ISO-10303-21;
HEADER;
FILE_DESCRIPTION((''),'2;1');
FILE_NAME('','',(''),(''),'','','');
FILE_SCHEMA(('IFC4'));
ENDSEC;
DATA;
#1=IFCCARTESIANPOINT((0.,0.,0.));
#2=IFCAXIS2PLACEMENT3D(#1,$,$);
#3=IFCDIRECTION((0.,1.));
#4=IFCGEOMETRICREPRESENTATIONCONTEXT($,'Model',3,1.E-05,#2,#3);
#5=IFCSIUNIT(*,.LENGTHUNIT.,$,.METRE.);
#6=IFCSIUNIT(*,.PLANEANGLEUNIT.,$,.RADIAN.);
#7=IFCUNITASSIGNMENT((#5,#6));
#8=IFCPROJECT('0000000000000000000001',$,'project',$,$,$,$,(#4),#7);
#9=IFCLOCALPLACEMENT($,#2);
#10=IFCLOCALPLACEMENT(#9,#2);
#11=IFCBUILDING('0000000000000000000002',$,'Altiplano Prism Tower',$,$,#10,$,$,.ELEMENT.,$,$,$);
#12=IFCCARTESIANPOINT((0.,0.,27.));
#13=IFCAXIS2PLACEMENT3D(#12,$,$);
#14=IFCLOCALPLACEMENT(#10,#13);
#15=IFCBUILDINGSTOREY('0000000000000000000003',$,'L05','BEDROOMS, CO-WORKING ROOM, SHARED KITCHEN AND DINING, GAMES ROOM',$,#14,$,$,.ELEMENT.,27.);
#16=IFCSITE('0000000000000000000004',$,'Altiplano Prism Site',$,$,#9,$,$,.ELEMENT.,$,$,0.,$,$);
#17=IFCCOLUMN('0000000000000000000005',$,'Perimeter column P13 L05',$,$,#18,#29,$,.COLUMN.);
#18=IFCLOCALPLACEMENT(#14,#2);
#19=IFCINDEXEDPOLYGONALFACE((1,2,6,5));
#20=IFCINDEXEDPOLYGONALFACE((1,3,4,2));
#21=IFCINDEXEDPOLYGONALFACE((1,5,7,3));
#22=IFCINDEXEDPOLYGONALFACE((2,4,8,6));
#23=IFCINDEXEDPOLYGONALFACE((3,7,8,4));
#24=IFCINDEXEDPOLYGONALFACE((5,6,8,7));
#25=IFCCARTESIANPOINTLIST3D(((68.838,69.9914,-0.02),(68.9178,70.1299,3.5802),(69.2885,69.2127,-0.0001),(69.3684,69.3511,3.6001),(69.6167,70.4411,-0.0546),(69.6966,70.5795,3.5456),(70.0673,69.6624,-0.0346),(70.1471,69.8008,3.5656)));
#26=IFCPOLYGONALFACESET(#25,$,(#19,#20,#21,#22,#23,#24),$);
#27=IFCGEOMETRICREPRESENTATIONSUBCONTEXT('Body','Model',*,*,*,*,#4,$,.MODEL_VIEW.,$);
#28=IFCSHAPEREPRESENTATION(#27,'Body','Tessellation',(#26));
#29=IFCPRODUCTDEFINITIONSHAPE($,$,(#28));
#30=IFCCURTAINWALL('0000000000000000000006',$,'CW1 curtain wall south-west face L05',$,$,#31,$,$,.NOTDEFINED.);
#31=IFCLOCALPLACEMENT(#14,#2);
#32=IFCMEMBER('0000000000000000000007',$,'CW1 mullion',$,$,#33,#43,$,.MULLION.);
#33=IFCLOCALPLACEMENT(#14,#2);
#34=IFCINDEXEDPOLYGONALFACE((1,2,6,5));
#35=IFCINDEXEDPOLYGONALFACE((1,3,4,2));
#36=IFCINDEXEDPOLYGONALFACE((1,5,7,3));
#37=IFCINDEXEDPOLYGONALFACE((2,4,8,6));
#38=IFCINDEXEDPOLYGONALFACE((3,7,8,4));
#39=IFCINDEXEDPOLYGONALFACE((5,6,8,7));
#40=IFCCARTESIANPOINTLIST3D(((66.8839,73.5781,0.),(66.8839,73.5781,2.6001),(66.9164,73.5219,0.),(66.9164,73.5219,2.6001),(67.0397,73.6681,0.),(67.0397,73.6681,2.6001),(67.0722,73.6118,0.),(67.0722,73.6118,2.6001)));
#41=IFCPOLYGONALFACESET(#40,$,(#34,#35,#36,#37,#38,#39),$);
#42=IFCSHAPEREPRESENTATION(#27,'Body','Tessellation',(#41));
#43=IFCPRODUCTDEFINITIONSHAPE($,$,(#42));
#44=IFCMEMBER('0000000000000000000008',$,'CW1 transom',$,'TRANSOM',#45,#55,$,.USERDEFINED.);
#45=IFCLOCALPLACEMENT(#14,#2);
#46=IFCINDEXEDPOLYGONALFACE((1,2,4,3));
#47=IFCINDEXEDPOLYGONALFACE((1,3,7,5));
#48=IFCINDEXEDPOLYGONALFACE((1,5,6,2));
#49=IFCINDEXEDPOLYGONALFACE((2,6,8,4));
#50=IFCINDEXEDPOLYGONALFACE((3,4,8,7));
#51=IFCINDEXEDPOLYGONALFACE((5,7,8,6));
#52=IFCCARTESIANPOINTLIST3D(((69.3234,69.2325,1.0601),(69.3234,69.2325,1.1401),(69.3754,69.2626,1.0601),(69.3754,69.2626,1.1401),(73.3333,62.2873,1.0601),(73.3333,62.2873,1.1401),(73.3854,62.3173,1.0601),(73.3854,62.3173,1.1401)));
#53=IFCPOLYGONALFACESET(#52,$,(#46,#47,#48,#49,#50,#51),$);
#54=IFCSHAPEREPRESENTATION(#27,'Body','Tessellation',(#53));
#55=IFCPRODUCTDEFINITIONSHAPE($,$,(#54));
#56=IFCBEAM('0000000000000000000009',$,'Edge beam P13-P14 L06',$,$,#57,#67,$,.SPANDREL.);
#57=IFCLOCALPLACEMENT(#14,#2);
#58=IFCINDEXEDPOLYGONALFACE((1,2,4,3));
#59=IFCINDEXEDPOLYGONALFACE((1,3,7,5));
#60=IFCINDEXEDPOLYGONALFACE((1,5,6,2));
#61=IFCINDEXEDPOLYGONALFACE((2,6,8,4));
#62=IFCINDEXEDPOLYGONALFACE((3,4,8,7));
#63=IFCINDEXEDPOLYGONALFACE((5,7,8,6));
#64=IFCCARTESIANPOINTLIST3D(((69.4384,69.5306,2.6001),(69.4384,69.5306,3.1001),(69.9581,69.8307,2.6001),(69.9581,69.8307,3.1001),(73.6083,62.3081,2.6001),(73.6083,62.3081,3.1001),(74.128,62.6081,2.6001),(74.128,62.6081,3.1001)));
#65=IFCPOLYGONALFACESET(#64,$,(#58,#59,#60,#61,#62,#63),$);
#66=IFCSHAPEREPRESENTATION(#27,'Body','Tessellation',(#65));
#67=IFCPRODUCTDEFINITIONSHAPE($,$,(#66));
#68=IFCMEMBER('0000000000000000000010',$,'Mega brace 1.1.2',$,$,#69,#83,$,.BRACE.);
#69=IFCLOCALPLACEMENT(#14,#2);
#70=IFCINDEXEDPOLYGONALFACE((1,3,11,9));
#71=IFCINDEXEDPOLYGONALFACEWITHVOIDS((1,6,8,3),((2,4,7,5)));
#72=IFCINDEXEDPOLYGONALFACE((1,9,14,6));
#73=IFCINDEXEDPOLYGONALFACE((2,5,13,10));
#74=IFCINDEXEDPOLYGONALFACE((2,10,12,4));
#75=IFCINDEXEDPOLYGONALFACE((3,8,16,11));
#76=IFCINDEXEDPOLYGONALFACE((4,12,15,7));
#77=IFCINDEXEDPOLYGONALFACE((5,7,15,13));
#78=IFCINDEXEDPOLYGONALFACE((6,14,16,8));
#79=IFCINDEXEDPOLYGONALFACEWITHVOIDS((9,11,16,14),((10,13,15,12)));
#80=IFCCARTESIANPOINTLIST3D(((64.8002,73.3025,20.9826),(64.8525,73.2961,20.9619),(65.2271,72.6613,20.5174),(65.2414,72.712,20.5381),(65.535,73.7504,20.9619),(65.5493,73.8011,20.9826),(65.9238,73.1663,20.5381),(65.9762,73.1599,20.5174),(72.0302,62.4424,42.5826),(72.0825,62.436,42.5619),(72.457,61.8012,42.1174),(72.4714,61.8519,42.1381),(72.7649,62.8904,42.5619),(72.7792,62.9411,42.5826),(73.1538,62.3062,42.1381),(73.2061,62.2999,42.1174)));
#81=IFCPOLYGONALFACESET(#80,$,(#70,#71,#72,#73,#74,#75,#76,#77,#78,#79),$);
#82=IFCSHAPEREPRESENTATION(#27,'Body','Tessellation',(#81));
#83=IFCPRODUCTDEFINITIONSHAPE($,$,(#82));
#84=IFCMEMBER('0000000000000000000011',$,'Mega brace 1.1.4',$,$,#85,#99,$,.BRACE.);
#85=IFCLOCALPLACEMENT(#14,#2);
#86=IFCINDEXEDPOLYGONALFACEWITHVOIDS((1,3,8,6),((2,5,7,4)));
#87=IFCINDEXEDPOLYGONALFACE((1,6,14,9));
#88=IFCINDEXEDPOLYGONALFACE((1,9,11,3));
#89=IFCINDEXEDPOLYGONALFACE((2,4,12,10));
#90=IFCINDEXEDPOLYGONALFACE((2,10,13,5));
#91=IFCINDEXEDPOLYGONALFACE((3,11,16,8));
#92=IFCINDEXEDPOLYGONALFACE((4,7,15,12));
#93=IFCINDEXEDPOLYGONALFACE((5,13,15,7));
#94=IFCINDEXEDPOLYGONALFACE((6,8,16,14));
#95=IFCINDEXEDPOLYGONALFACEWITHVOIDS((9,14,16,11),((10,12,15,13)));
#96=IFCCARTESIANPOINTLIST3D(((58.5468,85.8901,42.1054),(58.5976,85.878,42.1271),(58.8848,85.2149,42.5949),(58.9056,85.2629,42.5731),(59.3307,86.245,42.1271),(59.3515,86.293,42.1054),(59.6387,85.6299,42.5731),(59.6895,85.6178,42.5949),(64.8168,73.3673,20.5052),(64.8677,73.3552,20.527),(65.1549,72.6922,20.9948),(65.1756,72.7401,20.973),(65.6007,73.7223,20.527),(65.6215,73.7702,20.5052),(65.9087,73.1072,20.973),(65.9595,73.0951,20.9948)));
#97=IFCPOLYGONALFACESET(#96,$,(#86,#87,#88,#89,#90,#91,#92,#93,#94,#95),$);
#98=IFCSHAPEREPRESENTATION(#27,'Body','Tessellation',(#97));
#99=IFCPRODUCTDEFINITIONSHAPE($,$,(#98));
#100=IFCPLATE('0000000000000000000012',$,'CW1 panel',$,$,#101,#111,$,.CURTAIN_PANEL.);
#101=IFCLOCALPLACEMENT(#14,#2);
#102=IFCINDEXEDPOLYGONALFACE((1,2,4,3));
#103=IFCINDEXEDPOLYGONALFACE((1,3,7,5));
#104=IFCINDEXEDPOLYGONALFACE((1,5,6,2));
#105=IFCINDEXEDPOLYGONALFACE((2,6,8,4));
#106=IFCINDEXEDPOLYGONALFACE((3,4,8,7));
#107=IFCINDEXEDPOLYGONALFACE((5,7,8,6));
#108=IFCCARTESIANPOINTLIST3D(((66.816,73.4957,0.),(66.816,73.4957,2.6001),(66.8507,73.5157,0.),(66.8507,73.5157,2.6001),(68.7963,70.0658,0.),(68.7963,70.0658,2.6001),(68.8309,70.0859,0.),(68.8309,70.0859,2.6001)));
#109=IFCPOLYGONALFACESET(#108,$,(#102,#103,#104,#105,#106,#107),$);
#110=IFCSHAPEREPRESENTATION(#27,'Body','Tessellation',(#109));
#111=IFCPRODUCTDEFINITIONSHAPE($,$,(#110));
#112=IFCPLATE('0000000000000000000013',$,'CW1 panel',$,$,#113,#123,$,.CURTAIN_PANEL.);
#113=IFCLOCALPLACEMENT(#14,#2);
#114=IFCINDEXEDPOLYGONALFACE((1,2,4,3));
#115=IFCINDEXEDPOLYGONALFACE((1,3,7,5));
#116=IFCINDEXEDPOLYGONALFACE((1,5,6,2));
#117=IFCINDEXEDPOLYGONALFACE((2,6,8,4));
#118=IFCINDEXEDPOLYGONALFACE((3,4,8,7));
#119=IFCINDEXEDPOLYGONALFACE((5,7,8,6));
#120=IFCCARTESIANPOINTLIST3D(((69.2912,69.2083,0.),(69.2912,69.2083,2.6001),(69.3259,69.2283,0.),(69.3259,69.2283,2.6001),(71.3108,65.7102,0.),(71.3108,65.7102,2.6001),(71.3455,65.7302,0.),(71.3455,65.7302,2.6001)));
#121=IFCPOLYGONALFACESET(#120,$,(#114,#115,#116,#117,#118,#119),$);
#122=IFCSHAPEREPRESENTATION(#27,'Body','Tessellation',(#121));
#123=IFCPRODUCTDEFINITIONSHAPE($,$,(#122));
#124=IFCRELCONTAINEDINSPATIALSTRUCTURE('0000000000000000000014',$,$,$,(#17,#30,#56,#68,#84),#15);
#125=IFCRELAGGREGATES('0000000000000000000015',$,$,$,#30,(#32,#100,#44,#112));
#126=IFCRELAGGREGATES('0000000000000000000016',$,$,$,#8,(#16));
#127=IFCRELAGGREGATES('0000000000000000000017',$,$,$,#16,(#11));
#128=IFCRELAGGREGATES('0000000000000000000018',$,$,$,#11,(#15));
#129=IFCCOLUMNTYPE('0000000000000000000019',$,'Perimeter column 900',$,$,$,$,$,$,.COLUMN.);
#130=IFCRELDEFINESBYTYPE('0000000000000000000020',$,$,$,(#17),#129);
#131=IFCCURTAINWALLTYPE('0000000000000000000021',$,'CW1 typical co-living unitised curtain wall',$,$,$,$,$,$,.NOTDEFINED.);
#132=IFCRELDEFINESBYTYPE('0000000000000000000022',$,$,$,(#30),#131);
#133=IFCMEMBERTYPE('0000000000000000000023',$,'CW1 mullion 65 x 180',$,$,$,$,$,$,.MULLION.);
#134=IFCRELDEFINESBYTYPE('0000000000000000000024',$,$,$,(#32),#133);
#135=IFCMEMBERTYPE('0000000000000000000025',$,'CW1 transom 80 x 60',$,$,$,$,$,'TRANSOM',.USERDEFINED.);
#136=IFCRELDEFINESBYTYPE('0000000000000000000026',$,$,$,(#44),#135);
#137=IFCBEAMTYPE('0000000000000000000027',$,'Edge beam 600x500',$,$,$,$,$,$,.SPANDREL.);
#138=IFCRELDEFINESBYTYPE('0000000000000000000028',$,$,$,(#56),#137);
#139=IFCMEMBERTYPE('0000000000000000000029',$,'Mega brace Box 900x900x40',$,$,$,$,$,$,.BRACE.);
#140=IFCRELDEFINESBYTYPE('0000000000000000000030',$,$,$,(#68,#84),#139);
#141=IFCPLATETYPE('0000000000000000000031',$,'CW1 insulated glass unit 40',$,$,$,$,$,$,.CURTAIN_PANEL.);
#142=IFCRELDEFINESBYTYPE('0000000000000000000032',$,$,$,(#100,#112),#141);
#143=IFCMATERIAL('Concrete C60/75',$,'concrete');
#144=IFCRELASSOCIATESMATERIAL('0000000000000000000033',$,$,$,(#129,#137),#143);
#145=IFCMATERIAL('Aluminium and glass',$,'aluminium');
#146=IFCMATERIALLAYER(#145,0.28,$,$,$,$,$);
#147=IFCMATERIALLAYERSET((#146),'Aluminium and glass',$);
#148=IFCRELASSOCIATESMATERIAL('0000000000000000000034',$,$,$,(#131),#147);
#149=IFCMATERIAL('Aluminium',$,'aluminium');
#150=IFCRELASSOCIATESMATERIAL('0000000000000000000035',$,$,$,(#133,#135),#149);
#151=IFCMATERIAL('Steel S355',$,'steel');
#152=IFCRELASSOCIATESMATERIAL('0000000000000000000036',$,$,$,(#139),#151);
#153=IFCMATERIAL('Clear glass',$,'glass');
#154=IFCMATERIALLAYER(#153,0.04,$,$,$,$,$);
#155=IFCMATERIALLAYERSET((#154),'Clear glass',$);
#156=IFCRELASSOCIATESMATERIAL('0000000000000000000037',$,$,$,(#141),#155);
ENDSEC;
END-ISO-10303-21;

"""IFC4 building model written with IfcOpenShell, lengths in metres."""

from ifc_helpers import new_model, si_unit, direction, frame, origin, origin_2d, place, context, subcontext, project, spatial, rectangle, hollow_rectangle, extrude, material, layer, layer_set, material_profile, profile_set, type_object, element, aggregate, save


model = new_model("IFC4")

# Units and contexts
model_context = context("Model", 3, precision=1e-05, world=origin(), true_north=direction((0.0, 1.0)))
body_context = subcontext(model_context, "Body", "Model", "MODEL_VIEW")
ifc_project = project(units=[si_unit("LENGTHUNIT", "METRE"), si_unit("PLANEANGLEUNIT", "RADIAN")], contexts=[model_context])

# Site, building, storey
site_placement = place(None, origin())
site = spatial("IfcSite", under=ifc_project, at=site_placement, Name="Altiplano Prism Site", CompositionType="ELEMENT", RefElevation=0.0)
building_placement = place(site_placement, origin())
building = spatial("IfcBuilding", under=site, at=building_placement, Name="Altiplano Prism Tower", CompositionType="ELEMENT")
storey_placement = place(building_placement, frame((0.0, 0.0, 27.0)))
storey = spatial("IfcBuildingStorey", under=building, at=storey_placement, Name="L05", Description="BEDROOMS, CO-WORKING ROOM, SHARED KITCHEN AND DINING, GAMES ROOM", CompositionType="ELEMENT", Elevation=27.0)

# Column
ifc_material_1 = material(Name="Concrete C60/75", Category="concrete")
ifc_material_profile_1 = material_profile(ifc_material_1, rectangle(XDim=0.8999, YDim=0.8999, at=origin_2d()), Name="Perimeter column 900")
ifc_profile_set_1 = profile_set([ifc_material_profile_1], Name="Concrete C60/75")
column_type = type_object("IfcColumnType", Name="Perimeter column 900", PredefinedType="COLUMN", material=ifc_profile_set_1)
column_placement = place(storey_placement, frame((69.4526, 69.8269, -0.0273), z_axis=(0.022154, 0.038413, 0.999016), x_axis=(-0.865365, -0.499669, 0.038403)))
element("IfcColumn", 1, at=column_placement, inside=storey, type_object=column_type, Name="Perimeter column P13 L05", PredefinedType="COLUMN", context=body_context, shape_type="SweptSolid", body=[
    extrude(rectangle(XDim=0.8999, YDim=0.8999, at=origin_2d()), origin(), (0.0, 0.0, 1.0), 3.6038),
])

# Curtain wall, members
ifc_material_2 = material(Name="Aluminium and glass", Category="aluminium")
ifc_layer_1 = layer(ifc_material_2, 0.28)
ifc_layer_set_1 = layer_set([ifc_layer_1], Name="Aluminium and glass")
curtain_wall_type = type_object("IfcCurtainWallType", Name="CW1 typical co-living unitised curtain wall", PredefinedType="NOTDEFINED", material=ifc_layer_set_1)
curtain_wall_placement = place(storey_placement, origin())
curtain_wall = element("IfcCurtainWall", 2, at=curtain_wall_placement, inside=storey, type_object=curtain_wall_type, Name="CW1 curtain wall south-west face L05", PredefinedType="NOTDEFINED")
ifc_material_3 = material(Name="Aluminium", Category="aluminium")
ifc_material_profile_2 = material_profile(ifc_material_3, rectangle(XDim=0.1799, YDim=0.0649, at=origin_2d()), Name="CW1 mullion 65 x 180")
ifc_profile_set_2 = profile_set([ifc_material_profile_2], Name="Aluminium")
member_type_1 = type_object("IfcMemberType", Name="CW1 mullion 65 x 180", PredefinedType="MULLION", material=ifc_profile_set_2)
member_1_placement = place(storey_placement, frame((66.978, 73.595, 0.0), z_axis=(0.0, 0.0, 1.0), x_axis=(0.866025, 0.5, 0.0)))
member_1 = element("IfcMember", 3, at=member_1_placement, type_object=member_type_1, Name="CW1 mullion", PredefinedType="MULLION", context=body_context, shape_type="SweptSolid", body=[
    extrude(rectangle(XDim=0.1799, YDim=0.0649, at=origin_2d()), origin(), (0.0, 0.0, 1.0), 2.6001),
])
ifc_material_profile_3 = material_profile(ifc_material_3, rectangle(XDim=0.0601, YDim=0.0801, at=origin_2d()), Name="CW1 transom 80 x 60")
ifc_profile_set_3 = profile_set([ifc_material_profile_3], Name="Aluminium")
member_type_2 = type_object("IfcMemberType", Name="CW1 transom 80 x 60", ElementType="TRANSOM", PredefinedType="USERDEFINED", material=ifc_profile_set_3)
member_2_placement = place(storey_placement, frame((69.3494, 69.2476, 1.1001), z_axis=(0.500012, -0.866018, 0.0), x_axis=(0.866018, 0.500012, 0.0)))
member_2 = element("IfcMember", 4, at=member_2_placement, type_object=member_type_2, Name="CW1 transom", ObjectType="TRANSOM", PredefinedType="USERDEFINED", context=body_context, shape_type="SweptSolid", body=[
    extrude(rectangle(XDim=0.0601, YDim=0.0801, at=origin_2d()), origin(), (0.0, 0.0, 1.0), 8.0198),
])

# Beam
ifc_material_profile_4 = material_profile(ifc_material_1, rectangle(XDim=0.6001, YDim=0.5, at=origin_2d()), Name="Edge beam 600x500")
ifc_profile_set_4 = profile_set([ifc_material_profile_4], Name="Concrete C60/75")
beam_type = type_object("IfcBeamType", Name="Edge beam 600x500", PredefinedType="SPANDREL", material=ifc_profile_set_4)
beam_placement = place(storey_placement, frame((69.6982, 69.6807, 2.8501), z_axis=(0.499993, -0.86603, 0.0), x_axis=(0.86603, 0.499993, 0.0)))
element("IfcBeam", 5, at=beam_placement, inside=storey, type_object=beam_type, Name="Edge beam P13-P14 L06", PredefinedType="SPANDREL", context=body_context, shape_type="SweptSolid", body=[
    extrude(rectangle(XDim=0.6001, YDim=0.5, at=origin_2d()), origin(), (0.0, 0.0, 1.0), 8.3398),
])

# Members
ifc_material_4 = material(Name="Steel S355", Category="steel")
ifc_material_profile_5 = material_profile(ifc_material_4, hollow_rectangle(XDim=0.8999, YDim=0.8999, WallThickness=0.04, at=origin_2d()), Name="Mega brace Box 900x900x40")
ifc_profile_set_5 = profile_set([ifc_material_profile_5], Name="Steel S355")
member_type_3 = type_object("IfcMemberType", Name="Mega brace Box 900x900x40", PredefinedType="BRACE", material=ifc_profile_set_5)
member_3_placement = place(storey_placement, frame((65.3882, 73.2312, 20.75), z_axis=(0.286512, -0.430368, 0.855976), x_axis=(0.832407, 0.554165, 0.0)))
element("IfcMember", 6, at=member_3_placement, inside=storey, type_object=member_type_3, Name="Mega brace 1.1.2", PredefinedType="BRACE", context=body_context, shape_type="SweptSolid", body=[
    extrude(hollow_rectangle(XDim=0.8999, YDim=0.8999, WallThickness=0.04, at=origin_2d()), origin(), (0.0, 0.0, 1.0), 25.2344),
])
member_4_placement = place(storey_placement, frame((65.3882, 73.2312, 20.75), z_axis=(-0.243563, 0.486453, 0.839071), x_axis=(-0.89418, -0.447709, 0.0)))
element("IfcMember", 7, at=member_4_placement, inside=storey, type_object=member_type_3, Name="Mega brace 1.1.4", PredefinedType="BRACE", context=body_context, shape_type="SweptSolid", body=[
    extrude(hollow_rectangle(XDim=0.8999, YDim=0.8999, WallThickness=0.04, at=origin_2d()), origin(), (0.0, 0.0, 1.0), 25.7429),
])

# Plates
ifc_material_5 = material(Name="Clear glass", Category="glass")
ifc_layer_2 = layer(ifc_material_5, 0.04)
ifc_layer_set_2 = layer_set([ifc_layer_2], Name="Clear glass")
plate_type = type_object("IfcPlateType", Name="CW1 insulated glass unit 40", PredefinedType="CURTAIN_PANEL", material=ifc_layer_set_2)
plate_1_placement = place(storey_placement, frame((67.8235, 71.7908, 0.0), z_axis=(0.0, 0.0, 1.0), x_axis=(0.5, -0.866025, 0.0)))
plate_1 = element("IfcPlate", 8, at=plate_1_placement, type_object=plate_type, Name="CW1 panel", PredefinedType="CURTAIN_PANEL", context=body_context, shape_type="SweptSolid", body=[
    extrude(rectangle(XDim=3.9604, YDim=0.04, at=origin_2d()), origin(), (0.0, 0.0, 1.0), 2.6001),
])
plate_2_placement = place(storey_placement, frame((70.3184, 67.4692, 0.0), z_axis=(0.0, 0.0, 1.0), x_axis=(0.5, -0.866025, 0.0)))
plate_2 = element("IfcPlate", 9, at=plate_2_placement, type_object=plate_type, Name="CW1 panel", PredefinedType="CURTAIN_PANEL", context=body_context, shape_type="SweptSolid", body=[
    extrude(rectangle(XDim=4.0393, YDim=0.04, at=origin_2d()), origin(), (0.0, 0.0, 1.0), 2.6001),
])
aggregate(curtain_wall, [member_1, plate_1, member_2, plate_2])

save(model, "model.ifc")
